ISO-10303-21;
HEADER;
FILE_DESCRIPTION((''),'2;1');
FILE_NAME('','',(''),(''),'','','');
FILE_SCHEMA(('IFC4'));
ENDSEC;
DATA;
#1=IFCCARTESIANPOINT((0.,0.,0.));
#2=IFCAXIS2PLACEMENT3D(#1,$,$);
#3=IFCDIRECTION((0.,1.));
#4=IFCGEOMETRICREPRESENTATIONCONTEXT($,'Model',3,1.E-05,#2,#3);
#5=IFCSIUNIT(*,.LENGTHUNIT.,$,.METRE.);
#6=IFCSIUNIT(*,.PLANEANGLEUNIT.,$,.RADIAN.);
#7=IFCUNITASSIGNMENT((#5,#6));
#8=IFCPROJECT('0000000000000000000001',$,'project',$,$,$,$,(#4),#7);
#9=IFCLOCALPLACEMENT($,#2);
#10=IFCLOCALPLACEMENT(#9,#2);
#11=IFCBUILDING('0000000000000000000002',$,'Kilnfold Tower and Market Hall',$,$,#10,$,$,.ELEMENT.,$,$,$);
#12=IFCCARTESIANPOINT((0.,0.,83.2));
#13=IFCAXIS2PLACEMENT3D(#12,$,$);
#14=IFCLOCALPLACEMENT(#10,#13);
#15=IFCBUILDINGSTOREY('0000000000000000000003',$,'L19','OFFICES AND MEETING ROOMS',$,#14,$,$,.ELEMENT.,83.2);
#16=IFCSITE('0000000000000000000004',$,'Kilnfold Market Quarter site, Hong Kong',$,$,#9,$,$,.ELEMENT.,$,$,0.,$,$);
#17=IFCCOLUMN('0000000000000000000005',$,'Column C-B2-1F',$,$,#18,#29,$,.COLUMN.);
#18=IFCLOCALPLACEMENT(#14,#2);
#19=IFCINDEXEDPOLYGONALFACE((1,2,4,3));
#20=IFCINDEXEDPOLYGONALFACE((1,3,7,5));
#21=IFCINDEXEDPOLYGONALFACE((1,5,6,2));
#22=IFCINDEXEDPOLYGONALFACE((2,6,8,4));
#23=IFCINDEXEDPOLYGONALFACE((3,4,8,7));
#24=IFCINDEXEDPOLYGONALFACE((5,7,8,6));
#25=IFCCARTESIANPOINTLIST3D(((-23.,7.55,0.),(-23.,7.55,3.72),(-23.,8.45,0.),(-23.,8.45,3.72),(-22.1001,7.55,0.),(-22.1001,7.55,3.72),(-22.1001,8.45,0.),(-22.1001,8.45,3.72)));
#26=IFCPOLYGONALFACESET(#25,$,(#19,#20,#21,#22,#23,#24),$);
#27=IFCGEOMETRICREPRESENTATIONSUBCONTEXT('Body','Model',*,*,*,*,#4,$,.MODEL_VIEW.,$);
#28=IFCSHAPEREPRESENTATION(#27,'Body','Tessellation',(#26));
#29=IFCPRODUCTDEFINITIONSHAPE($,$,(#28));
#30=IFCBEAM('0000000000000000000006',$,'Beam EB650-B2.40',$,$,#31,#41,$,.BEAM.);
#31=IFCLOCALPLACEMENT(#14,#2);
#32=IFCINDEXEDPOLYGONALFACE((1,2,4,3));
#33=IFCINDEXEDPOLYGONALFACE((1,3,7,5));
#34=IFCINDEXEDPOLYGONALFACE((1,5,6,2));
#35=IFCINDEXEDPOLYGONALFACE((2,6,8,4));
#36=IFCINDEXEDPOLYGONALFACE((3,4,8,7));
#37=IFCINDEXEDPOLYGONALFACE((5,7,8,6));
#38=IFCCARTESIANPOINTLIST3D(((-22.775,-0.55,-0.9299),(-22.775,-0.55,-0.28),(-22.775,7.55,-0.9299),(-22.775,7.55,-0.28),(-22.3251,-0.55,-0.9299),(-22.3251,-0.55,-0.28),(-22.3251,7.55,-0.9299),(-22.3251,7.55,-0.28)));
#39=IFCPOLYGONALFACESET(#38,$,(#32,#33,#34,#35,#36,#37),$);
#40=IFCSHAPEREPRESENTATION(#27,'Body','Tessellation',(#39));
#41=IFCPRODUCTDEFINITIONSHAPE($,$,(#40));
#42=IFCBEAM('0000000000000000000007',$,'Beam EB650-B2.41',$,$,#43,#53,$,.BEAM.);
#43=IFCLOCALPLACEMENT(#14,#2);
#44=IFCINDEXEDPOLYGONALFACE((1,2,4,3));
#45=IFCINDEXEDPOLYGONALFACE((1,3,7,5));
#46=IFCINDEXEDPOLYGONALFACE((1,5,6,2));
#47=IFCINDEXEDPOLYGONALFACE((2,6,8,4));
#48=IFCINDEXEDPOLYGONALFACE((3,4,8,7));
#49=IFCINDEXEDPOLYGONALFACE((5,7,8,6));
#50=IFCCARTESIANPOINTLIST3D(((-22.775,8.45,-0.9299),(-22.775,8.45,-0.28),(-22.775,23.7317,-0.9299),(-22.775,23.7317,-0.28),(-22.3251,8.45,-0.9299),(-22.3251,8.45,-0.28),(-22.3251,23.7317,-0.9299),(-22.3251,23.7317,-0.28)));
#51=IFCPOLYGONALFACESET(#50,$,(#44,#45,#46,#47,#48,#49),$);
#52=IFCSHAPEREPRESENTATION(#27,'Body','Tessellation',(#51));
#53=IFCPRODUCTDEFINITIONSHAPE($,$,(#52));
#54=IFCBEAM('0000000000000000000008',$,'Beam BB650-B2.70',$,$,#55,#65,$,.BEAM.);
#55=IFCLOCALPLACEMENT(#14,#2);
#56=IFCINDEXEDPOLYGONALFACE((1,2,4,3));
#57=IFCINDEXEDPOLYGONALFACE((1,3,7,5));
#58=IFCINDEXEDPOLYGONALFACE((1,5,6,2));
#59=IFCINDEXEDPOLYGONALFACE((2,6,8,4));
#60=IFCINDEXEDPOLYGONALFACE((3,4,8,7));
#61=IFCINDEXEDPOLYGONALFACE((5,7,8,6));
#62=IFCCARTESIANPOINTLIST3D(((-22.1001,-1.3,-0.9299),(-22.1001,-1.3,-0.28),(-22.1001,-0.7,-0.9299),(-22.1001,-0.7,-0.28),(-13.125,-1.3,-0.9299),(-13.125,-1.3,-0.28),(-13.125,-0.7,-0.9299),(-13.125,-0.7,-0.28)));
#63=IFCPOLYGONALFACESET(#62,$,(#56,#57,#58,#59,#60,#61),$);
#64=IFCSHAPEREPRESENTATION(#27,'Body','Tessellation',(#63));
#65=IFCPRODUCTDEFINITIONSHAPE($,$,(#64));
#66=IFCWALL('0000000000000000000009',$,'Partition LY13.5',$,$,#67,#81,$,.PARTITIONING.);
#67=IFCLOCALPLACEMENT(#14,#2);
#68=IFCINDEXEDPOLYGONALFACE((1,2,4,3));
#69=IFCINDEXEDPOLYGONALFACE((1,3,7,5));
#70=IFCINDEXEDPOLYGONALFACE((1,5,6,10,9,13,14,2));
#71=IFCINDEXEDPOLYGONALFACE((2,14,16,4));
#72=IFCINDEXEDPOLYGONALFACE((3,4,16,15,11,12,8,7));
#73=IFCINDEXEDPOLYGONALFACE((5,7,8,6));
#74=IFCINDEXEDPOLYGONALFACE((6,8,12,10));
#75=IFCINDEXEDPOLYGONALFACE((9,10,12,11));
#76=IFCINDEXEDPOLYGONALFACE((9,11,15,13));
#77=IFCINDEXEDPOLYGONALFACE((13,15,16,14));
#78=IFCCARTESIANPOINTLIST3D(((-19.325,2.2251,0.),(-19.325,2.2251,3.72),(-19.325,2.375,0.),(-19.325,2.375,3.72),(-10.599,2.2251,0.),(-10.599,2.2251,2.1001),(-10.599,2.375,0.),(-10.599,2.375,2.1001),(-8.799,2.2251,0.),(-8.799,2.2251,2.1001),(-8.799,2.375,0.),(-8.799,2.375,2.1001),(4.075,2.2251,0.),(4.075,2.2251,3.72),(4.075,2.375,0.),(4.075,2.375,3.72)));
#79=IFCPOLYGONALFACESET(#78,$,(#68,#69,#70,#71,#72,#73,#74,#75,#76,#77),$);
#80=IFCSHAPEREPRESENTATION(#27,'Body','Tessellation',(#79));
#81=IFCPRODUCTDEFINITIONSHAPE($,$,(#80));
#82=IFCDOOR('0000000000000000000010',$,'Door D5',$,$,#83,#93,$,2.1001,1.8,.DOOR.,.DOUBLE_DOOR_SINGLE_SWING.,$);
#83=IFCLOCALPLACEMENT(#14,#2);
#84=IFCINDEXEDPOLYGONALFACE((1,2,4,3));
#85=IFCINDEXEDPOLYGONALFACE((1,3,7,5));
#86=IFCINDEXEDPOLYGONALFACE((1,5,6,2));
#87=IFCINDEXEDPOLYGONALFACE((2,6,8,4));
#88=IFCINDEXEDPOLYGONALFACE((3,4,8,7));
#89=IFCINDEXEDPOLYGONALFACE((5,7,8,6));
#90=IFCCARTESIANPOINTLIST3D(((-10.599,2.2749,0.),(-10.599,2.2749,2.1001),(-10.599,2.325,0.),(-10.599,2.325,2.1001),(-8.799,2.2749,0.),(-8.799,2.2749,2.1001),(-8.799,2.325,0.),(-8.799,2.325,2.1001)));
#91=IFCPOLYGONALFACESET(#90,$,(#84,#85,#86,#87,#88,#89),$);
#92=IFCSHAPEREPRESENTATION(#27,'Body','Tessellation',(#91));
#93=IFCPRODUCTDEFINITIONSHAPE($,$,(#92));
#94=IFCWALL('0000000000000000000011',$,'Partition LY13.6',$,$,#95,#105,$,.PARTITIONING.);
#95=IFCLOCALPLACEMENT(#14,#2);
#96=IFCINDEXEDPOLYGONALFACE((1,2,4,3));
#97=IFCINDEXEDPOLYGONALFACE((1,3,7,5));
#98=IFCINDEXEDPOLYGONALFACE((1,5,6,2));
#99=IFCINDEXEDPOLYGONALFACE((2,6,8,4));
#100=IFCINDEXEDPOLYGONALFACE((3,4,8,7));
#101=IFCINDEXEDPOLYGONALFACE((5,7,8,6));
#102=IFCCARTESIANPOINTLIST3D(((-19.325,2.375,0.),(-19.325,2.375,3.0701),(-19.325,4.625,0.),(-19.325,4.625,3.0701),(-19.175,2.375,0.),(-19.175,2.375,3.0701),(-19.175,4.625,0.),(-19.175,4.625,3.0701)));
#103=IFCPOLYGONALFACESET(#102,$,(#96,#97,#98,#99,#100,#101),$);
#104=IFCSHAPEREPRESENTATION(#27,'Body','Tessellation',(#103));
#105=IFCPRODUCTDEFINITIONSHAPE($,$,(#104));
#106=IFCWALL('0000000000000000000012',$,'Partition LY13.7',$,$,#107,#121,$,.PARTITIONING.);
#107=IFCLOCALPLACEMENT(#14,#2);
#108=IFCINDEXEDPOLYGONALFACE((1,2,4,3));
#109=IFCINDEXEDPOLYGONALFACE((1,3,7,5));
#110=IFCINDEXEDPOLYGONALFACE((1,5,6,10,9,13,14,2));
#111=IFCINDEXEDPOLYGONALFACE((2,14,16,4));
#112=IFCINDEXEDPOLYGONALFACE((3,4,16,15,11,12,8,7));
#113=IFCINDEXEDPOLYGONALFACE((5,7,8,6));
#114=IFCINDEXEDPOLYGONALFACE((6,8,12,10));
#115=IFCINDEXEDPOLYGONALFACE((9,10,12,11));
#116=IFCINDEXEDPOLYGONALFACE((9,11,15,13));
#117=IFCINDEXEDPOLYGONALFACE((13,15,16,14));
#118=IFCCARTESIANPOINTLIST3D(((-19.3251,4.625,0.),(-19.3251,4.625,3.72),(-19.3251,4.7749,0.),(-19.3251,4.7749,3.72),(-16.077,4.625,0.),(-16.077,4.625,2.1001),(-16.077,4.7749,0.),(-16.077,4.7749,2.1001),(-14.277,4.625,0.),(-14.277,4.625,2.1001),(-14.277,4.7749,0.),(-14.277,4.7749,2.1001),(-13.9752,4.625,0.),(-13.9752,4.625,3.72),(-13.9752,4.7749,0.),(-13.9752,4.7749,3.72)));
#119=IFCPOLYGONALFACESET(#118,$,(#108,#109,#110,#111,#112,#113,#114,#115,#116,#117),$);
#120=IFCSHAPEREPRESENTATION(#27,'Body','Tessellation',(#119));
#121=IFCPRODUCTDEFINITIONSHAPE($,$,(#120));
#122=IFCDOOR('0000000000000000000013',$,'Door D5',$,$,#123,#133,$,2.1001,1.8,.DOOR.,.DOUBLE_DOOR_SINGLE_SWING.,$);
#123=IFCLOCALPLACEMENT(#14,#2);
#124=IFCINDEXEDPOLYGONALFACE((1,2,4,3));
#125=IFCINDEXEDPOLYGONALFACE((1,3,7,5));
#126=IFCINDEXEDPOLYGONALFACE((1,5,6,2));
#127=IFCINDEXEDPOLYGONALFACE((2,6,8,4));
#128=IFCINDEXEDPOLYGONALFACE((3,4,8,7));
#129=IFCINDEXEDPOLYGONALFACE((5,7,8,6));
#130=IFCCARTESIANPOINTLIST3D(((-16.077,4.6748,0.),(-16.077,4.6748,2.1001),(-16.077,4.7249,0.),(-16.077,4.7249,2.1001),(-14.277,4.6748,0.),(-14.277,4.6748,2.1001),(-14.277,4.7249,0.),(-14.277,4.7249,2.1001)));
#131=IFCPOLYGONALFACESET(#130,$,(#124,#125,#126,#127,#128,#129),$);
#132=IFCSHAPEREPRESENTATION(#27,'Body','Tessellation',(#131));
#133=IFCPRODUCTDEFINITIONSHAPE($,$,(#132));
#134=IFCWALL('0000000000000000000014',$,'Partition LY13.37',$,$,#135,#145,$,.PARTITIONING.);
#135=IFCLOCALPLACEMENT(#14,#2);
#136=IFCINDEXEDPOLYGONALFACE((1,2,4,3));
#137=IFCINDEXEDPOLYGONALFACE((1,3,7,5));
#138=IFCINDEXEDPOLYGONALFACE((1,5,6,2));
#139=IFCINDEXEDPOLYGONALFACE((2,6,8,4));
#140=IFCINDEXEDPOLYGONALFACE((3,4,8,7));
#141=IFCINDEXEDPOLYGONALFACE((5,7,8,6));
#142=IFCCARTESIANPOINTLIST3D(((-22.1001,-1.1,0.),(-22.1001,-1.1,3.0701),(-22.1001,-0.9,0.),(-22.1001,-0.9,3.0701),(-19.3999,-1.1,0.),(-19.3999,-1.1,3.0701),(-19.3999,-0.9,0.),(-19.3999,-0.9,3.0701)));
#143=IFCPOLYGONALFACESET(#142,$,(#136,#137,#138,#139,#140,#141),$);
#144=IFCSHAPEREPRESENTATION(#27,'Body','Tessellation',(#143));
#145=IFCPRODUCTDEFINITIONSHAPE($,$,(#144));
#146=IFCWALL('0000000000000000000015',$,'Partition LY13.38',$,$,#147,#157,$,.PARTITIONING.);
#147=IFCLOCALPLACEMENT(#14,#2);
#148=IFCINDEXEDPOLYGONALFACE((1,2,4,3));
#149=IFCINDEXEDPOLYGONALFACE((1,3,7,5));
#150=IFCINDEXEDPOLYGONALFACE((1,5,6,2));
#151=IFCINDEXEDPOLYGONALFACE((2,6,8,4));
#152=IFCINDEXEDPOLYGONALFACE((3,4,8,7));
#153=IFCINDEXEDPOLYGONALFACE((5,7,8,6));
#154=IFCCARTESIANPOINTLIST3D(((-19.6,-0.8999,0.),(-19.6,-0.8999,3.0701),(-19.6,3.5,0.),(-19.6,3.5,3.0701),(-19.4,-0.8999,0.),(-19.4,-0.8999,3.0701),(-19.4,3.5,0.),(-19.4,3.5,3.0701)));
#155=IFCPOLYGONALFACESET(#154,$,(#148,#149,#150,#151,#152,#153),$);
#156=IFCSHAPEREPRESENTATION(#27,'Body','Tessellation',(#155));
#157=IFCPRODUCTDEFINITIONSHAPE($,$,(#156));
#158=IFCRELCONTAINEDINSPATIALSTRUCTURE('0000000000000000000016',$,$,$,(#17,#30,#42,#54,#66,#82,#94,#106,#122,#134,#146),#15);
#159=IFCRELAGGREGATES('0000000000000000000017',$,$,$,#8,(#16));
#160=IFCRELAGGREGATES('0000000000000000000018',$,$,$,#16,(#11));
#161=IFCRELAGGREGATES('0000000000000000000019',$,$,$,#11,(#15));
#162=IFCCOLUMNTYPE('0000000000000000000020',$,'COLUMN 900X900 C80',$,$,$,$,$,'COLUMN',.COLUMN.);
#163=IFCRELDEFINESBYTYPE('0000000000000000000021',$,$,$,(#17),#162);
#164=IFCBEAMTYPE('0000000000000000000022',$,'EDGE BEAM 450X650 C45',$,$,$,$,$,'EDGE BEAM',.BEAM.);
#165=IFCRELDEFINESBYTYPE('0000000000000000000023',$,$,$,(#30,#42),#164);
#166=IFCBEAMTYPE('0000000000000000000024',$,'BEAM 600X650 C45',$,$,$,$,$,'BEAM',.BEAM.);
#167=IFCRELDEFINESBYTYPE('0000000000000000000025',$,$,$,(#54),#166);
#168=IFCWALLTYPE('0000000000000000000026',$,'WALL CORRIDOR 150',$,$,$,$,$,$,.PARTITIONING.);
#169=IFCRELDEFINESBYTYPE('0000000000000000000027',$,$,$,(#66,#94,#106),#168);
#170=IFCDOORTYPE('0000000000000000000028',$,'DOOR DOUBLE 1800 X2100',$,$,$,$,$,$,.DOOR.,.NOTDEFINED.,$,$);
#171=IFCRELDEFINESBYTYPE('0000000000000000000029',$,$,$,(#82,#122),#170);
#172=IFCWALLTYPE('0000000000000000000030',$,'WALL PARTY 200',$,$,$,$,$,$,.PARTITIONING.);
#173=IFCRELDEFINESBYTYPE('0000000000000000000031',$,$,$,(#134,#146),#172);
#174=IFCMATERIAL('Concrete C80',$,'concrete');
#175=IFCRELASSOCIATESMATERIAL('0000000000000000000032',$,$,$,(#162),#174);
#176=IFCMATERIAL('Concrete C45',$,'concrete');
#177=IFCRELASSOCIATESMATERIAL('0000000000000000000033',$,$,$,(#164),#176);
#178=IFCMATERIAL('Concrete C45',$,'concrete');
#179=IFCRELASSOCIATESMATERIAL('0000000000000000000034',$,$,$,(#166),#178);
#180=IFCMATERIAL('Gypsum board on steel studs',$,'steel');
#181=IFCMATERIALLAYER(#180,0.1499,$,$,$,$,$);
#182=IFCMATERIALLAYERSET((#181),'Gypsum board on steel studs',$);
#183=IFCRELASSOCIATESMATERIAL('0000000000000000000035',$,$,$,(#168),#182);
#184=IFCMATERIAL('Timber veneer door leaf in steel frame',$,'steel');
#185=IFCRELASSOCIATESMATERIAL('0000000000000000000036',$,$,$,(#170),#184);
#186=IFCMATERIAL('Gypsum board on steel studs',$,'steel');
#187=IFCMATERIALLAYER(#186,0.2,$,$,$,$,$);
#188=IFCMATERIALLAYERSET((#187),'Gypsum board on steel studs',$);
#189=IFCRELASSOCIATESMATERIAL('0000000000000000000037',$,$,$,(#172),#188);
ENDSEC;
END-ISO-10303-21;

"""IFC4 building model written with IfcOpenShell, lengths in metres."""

from ifc_helpers import new_model, si_unit, direction, frame, frame_2d, origin, origin_2d, place, context, subcontext, project, spatial, rectangle, extrude, source, transform, mapped, material, layer, layer_set, material_profile, profile_set, type_object, element, fill, save


model = new_model("IFC4")

# Units and contexts
model_context = context("Model", 3, precision=1e-05, world=origin(), true_north=direction((0.0, 1.0)))
body_context = subcontext(model_context, "Body", "Model", "MODEL_VIEW")
ifc_project = project(units=[si_unit("LENGTHUNIT", "METRE"), si_unit("PLANEANGLEUNIT", "RADIAN")], contexts=[model_context])

# Site, building, storey
site_placement = place(None, origin())
site = spatial("IfcSite", under=ifc_project, at=site_placement, Name="Kilnfold Market Quarter site, Hong Kong", CompositionType="ELEMENT", RefElevation=0.0)
building_placement = place(site_placement, origin())
building = spatial("IfcBuilding", under=site, at=building_placement, Name="Kilnfold Tower and Market Hall", CompositionType="ELEMENT")
storey_placement = place(building_placement, frame((0.0, 0.0, 83.2)))
storey = spatial("IfcBuildingStorey", under=building, at=storey_placement, Name="L19", Description="OFFICES AND MEETING ROOMS", CompositionType="ELEMENT", Elevation=83.2)

# Column
ifc_material_1 = material(Name="Concrete C80", Category="concrete")
ifc_material_profile_1 = material_profile(ifc_material_1, rectangle(XDim=0.8999, YDim=0.8999, at=origin_2d()), Name="RC 900x900")
ifc_profile_set_1 = profile_set([ifc_material_profile_1], Name="Concrete C80")
column_type = type_object("IfcColumnType", Name="COLUMN 900X900 C80", ElementType="COLUMN", PredefinedType="COLUMN", material=ifc_profile_set_1)
shared_shape_1 = source(origin(), body_context, "Body", "SweptSolid", [
    extrude(rectangle(XDim=0.8999, YDim=0.8999, at=origin_2d()), origin(), (0.0, 0.0, 1.0), 3.72),
])
column_placement = place(storey_placement, frame((-22.55, 8.0, 0.0), z_axis=(0.0, 0.0, 1.0), x_axis=(1.0, 0.0, 0.0)))
element("IfcColumn", 1, at=column_placement, inside=storey, type_object=column_type, Name="Column C-B2-1F", PredefinedType="COLUMN", context=body_context, shape_type="MappedRepresentation", body=[
    mapped(shared_shape_1, transform((0.0, 0.0, 0.0))),
])

# Beams
ifc_material_2 = material(Name="Concrete C45", Category="concrete")
ifc_material_profile_2 = material_profile(ifc_material_2, rectangle(XDim=0.45, YDim=0.6499, at=origin_2d()), Name="RC 450x650")
ifc_profile_set_2 = profile_set([ifc_material_profile_2], Name="Concrete C45")
beam_type_1 = type_object("IfcBeamType", Name="EDGE BEAM 450X650 C45", ElementType="EDGE BEAM", PredefinedType="BEAM", material=ifc_profile_set_2)
shared_shape_2 = source(origin(), body_context, "Body", "SweptSolid", [
    extrude(rectangle(XDim=0.45, YDim=0.6499, at=origin_2d()), origin(), (0.0, 0.0, 1.0), 8.1001),
])
beam_1_placement = place(storey_placement, frame((-22.55, -0.55, -0.605), z_axis=(0.0, 1.0, 0.0), x_axis=(-1.0, 0.0, 0.0)))
element("IfcBeam", 2, at=beam_1_placement, inside=storey, type_object=beam_type_1, Name="Beam EB650-B2.40", PredefinedType="BEAM", context=body_context, shape_type="MappedRepresentation", body=[
    mapped(shared_shape_2, transform((0.0, 0.0, 0.0))),
])
shared_shape_3 = source(origin(), body_context, "Body", "SweptSolid", [
    extrude(rectangle(XDim=0.45, YDim=0.6499, at=origin_2d()), origin(), (0.0, 0.0, 1.0), 15.2817),
])
beam_2_placement = place(storey_placement, frame((-22.55, 8.45, -0.605), z_axis=(0.0, 1.0, 0.0), x_axis=(-1.0, 0.0, 0.0)))
element("IfcBeam", 3, at=beam_2_placement, inside=storey, type_object=beam_type_1, Name="Beam EB650-B2.41", PredefinedType="BEAM", context=body_context, shape_type="MappedRepresentation", body=[
    mapped(shared_shape_3, transform((0.0, 0.0, 0.0))),
])
ifc_material_3 = material(Name="Concrete C45", Category="concrete")
ifc_material_profile_3 = material_profile(ifc_material_3, rectangle(XDim=0.6001, YDim=0.6499, at=origin_2d()), Name="RC 600x650")
ifc_profile_set_3 = profile_set([ifc_material_profile_3], Name="Concrete C45")
beam_type_2 = type_object("IfcBeamType", Name="BEAM 600X650 C45", ElementType="BEAM", PredefinedType="BEAM", material=ifc_profile_set_3)
shared_shape_4 = source(origin(), body_context, "Body", "SweptSolid", [
    extrude(rectangle(XDim=0.6001, YDim=0.6499, at=origin_2d()), origin(), (0.0, 0.0, 1.0), 8.9751),
])
beam_3_placement = place(storey_placement, frame((-22.1001, -1.0, -0.605), z_axis=(1.0, 0.0, 0.0), x_axis=(0.0, 1.0, 0.0)))
element("IfcBeam", 4, at=beam_3_placement, inside=storey, type_object=beam_type_2, Name="Beam BB650-B2.70", PredefinedType="BEAM", context=body_context, shape_type="MappedRepresentation", body=[
    mapped(shared_shape_4, transform((0.0, 0.0, 0.0))),
])

# Wall, opening, door
ifc_material_4 = material(Name="Gypsum board on steel studs", Category="steel")
ifc_layer_1 = layer(ifc_material_4, 0.1499)
ifc_layer_set_1 = layer_set([ifc_layer_1], Name="Gypsum board on steel studs")
wall_type_1 = type_object("IfcWallType", Name="WALL CORRIDOR 150", PredefinedType="PARTITIONING", material=ifc_layer_set_1)
wall_1_placement = place(storey_placement, frame((-19.325, 2.3, 0.0), z_axis=(0.0, 0.0, 1.0), x_axis=(1.0, 0.0, 0.0)))
wall_1 = element("IfcWall", 5, at=wall_1_placement, inside=storey, type_object=wall_type_1, Name="Partition LY13.5", PredefinedType="PARTITIONING", context=body_context, shape_type="SweptSolid", body=[
    extrude(rectangle(XDim=23.3999, YDim=0.1499, at=frame_2d((11.7, 0.0))), origin(), (0.0, 0.0, 1.0), 3.72),
])
opening_1_placement = place(wall_1_placement, frame((8.7261, 0.0, 0.0)))
opening_1 = element("IfcOpeningElement", 6, at=opening_1_placement, cuts=wall_1, PredefinedType="OPENING", context=body_context, shape_type="SweptSolid", body=[
    extrude(rectangle(XDim=1.8, YDim=2.1001, at=frame_2d((0.8999, 1.05))), frame((0.0, 0.085, 0.0), z_axis=(0.0, -1.0, 0.0), x_axis=(1.0, 0.0, 0.0)), (0.0, 0.0, 1.0), 0.1699),
])
ifc_material_5 = material(Name="Timber veneer door leaf in steel frame", Category="steel")
door_type_1 = type_object("IfcDoorType", Name="DOOR DOUBLE 1800 X2100", OperationType="NOTDEFINED", PredefinedType="DOOR", material=ifc_material_5)
door_1_placement = place(opening_1_placement, origin())
door_1 = element("IfcDoor", 7, at=door_1_placement, inside=storey, type_object=door_type_1, Name="Door D5", OperationType="DOUBLE_DOOR_SINGLE_SWING", OverallHeight=2.1001, OverallWidth=1.8, PredefinedType="DOOR", context=body_context, shape_type="SweptSolid", body=[
    extrude(rectangle(XDim=1.8, YDim=2.1001, at=frame_2d((0.8999, 1.05))), frame((0.0, 0.0249, 0.0), z_axis=(0.0, -1.0, 0.0), x_axis=(1.0, 0.0, 0.0)), (0.0, 0.0, 1.0), 0.05),
])
fill(opening_1, door_1)

# Wall
wall_2_placement = place(storey_placement, frame((-19.25, 2.375, 0.0), z_axis=(0.0, 0.0, 1.0), x_axis=(0.0, 1.0, 0.0)))
element("IfcWall", 8, at=wall_2_placement, inside=storey, type_object=wall_type_1, Name="Partition LY13.6", PredefinedType="PARTITIONING", context=body_context, shape_type="SweptSolid", body=[
    extrude(rectangle(XDim=2.25, YDim=0.1499, at=frame_2d((1.125, 0.0))), origin(), (0.0, 0.0, 1.0), 3.0701),
])

# Wall, opening, door
wall_3_placement = place(storey_placement, frame((-19.325, 4.7, 0.0), z_axis=(0.0, 0.0, 1.0), x_axis=(1.0, 0.0, 0.0)))
wall_3 = element("IfcWall", 9, at=wall_3_placement, inside=storey, type_object=wall_type_1, Name="Partition LY13.7", PredefinedType="PARTITIONING", context=body_context, shape_type="SweptSolid", body=[
    extrude(rectangle(XDim=5.3499, YDim=0.1499, at=frame_2d((2.6748, 0.0))), origin(), (0.0, 0.0, 1.0), 3.72),
])
opening_2_placement = place(wall_3_placement, frame((3.248, 0.0, 0.0)))
opening_2 = element("IfcOpeningElement", 10, at=opening_2_placement, cuts=wall_3, PredefinedType="OPENING", context=body_context, shape_type="SweptSolid", body=[
    extrude(rectangle(XDim=1.8, YDim=2.1001, at=frame_2d((0.8999, 1.05))), frame((0.0, 0.085, 0.0), z_axis=(0.0, -1.0, 0.0), x_axis=(1.0, 0.0, 0.0)), (0.0, 0.0, 1.0), 0.1699),
])
door_2_placement = place(opening_2_placement, origin())
door_2 = element("IfcDoor", 11, at=door_2_placement, inside=storey, type_object=door_type_1, Name="Door D5", OperationType="DOUBLE_DOOR_SINGLE_SWING", OverallHeight=2.1001, OverallWidth=1.8, PredefinedType="DOOR", context=body_context, shape_type="SweptSolid", body=[
    extrude(rectangle(XDim=1.8, YDim=2.1001, at=frame_2d((0.8999, 1.05))), frame((0.0, 0.0249, 0.0), z_axis=(0.0, -1.0, 0.0), x_axis=(1.0, 0.0, 0.0)), (0.0, 0.0, 1.0), 0.05),
])
fill(opening_2, door_2)

# Walls
ifc_material_6 = material(Name="Gypsum board on steel studs", Category="steel")
ifc_layer_2 = layer(ifc_material_6, 0.2)
ifc_layer_set_2 = layer_set([ifc_layer_2], Name="Gypsum board on steel studs")
wall_type_2 = type_object("IfcWallType", Name="WALL PARTY 200", PredefinedType="PARTITIONING", material=ifc_layer_set_2)
wall_4_placement = place(storey_placement, frame((-19.3999, -1.0, 0.0), z_axis=(0.0, 0.0, 1.0), x_axis=(-1.0, 0.0, 0.0)))
element("IfcWall", 12, at=wall_4_placement, inside=storey, type_object=wall_type_2, Name="Partition LY13.37", PredefinedType="PARTITIONING", context=body_context, shape_type="SweptSolid", body=[
    extrude(rectangle(XDim=2.7002, YDim=0.2, at=frame_2d((1.3501, 0.0))), origin(), (0.0, 0.0, 1.0), 3.0701),
])
wall_5_placement = place(storey_placement, frame((-19.5, 3.5, 0.0), z_axis=(0.0, 0.0, 1.0), x_axis=(0.0, -1.0, 0.0)))
element("IfcWall", 13, at=wall_5_placement, inside=storey, type_object=wall_type_2, Name="Partition LY13.38", PredefinedType="PARTITIONING", context=body_context, shape_type="SweptSolid", body=[
    extrude(rectangle(XDim=4.3999, YDim=0.2, at=frame_2d((2.2, 0.0))), origin(), (0.0, 0.0, 1.0), 3.0701),
])

save(model, "model.ifc")
